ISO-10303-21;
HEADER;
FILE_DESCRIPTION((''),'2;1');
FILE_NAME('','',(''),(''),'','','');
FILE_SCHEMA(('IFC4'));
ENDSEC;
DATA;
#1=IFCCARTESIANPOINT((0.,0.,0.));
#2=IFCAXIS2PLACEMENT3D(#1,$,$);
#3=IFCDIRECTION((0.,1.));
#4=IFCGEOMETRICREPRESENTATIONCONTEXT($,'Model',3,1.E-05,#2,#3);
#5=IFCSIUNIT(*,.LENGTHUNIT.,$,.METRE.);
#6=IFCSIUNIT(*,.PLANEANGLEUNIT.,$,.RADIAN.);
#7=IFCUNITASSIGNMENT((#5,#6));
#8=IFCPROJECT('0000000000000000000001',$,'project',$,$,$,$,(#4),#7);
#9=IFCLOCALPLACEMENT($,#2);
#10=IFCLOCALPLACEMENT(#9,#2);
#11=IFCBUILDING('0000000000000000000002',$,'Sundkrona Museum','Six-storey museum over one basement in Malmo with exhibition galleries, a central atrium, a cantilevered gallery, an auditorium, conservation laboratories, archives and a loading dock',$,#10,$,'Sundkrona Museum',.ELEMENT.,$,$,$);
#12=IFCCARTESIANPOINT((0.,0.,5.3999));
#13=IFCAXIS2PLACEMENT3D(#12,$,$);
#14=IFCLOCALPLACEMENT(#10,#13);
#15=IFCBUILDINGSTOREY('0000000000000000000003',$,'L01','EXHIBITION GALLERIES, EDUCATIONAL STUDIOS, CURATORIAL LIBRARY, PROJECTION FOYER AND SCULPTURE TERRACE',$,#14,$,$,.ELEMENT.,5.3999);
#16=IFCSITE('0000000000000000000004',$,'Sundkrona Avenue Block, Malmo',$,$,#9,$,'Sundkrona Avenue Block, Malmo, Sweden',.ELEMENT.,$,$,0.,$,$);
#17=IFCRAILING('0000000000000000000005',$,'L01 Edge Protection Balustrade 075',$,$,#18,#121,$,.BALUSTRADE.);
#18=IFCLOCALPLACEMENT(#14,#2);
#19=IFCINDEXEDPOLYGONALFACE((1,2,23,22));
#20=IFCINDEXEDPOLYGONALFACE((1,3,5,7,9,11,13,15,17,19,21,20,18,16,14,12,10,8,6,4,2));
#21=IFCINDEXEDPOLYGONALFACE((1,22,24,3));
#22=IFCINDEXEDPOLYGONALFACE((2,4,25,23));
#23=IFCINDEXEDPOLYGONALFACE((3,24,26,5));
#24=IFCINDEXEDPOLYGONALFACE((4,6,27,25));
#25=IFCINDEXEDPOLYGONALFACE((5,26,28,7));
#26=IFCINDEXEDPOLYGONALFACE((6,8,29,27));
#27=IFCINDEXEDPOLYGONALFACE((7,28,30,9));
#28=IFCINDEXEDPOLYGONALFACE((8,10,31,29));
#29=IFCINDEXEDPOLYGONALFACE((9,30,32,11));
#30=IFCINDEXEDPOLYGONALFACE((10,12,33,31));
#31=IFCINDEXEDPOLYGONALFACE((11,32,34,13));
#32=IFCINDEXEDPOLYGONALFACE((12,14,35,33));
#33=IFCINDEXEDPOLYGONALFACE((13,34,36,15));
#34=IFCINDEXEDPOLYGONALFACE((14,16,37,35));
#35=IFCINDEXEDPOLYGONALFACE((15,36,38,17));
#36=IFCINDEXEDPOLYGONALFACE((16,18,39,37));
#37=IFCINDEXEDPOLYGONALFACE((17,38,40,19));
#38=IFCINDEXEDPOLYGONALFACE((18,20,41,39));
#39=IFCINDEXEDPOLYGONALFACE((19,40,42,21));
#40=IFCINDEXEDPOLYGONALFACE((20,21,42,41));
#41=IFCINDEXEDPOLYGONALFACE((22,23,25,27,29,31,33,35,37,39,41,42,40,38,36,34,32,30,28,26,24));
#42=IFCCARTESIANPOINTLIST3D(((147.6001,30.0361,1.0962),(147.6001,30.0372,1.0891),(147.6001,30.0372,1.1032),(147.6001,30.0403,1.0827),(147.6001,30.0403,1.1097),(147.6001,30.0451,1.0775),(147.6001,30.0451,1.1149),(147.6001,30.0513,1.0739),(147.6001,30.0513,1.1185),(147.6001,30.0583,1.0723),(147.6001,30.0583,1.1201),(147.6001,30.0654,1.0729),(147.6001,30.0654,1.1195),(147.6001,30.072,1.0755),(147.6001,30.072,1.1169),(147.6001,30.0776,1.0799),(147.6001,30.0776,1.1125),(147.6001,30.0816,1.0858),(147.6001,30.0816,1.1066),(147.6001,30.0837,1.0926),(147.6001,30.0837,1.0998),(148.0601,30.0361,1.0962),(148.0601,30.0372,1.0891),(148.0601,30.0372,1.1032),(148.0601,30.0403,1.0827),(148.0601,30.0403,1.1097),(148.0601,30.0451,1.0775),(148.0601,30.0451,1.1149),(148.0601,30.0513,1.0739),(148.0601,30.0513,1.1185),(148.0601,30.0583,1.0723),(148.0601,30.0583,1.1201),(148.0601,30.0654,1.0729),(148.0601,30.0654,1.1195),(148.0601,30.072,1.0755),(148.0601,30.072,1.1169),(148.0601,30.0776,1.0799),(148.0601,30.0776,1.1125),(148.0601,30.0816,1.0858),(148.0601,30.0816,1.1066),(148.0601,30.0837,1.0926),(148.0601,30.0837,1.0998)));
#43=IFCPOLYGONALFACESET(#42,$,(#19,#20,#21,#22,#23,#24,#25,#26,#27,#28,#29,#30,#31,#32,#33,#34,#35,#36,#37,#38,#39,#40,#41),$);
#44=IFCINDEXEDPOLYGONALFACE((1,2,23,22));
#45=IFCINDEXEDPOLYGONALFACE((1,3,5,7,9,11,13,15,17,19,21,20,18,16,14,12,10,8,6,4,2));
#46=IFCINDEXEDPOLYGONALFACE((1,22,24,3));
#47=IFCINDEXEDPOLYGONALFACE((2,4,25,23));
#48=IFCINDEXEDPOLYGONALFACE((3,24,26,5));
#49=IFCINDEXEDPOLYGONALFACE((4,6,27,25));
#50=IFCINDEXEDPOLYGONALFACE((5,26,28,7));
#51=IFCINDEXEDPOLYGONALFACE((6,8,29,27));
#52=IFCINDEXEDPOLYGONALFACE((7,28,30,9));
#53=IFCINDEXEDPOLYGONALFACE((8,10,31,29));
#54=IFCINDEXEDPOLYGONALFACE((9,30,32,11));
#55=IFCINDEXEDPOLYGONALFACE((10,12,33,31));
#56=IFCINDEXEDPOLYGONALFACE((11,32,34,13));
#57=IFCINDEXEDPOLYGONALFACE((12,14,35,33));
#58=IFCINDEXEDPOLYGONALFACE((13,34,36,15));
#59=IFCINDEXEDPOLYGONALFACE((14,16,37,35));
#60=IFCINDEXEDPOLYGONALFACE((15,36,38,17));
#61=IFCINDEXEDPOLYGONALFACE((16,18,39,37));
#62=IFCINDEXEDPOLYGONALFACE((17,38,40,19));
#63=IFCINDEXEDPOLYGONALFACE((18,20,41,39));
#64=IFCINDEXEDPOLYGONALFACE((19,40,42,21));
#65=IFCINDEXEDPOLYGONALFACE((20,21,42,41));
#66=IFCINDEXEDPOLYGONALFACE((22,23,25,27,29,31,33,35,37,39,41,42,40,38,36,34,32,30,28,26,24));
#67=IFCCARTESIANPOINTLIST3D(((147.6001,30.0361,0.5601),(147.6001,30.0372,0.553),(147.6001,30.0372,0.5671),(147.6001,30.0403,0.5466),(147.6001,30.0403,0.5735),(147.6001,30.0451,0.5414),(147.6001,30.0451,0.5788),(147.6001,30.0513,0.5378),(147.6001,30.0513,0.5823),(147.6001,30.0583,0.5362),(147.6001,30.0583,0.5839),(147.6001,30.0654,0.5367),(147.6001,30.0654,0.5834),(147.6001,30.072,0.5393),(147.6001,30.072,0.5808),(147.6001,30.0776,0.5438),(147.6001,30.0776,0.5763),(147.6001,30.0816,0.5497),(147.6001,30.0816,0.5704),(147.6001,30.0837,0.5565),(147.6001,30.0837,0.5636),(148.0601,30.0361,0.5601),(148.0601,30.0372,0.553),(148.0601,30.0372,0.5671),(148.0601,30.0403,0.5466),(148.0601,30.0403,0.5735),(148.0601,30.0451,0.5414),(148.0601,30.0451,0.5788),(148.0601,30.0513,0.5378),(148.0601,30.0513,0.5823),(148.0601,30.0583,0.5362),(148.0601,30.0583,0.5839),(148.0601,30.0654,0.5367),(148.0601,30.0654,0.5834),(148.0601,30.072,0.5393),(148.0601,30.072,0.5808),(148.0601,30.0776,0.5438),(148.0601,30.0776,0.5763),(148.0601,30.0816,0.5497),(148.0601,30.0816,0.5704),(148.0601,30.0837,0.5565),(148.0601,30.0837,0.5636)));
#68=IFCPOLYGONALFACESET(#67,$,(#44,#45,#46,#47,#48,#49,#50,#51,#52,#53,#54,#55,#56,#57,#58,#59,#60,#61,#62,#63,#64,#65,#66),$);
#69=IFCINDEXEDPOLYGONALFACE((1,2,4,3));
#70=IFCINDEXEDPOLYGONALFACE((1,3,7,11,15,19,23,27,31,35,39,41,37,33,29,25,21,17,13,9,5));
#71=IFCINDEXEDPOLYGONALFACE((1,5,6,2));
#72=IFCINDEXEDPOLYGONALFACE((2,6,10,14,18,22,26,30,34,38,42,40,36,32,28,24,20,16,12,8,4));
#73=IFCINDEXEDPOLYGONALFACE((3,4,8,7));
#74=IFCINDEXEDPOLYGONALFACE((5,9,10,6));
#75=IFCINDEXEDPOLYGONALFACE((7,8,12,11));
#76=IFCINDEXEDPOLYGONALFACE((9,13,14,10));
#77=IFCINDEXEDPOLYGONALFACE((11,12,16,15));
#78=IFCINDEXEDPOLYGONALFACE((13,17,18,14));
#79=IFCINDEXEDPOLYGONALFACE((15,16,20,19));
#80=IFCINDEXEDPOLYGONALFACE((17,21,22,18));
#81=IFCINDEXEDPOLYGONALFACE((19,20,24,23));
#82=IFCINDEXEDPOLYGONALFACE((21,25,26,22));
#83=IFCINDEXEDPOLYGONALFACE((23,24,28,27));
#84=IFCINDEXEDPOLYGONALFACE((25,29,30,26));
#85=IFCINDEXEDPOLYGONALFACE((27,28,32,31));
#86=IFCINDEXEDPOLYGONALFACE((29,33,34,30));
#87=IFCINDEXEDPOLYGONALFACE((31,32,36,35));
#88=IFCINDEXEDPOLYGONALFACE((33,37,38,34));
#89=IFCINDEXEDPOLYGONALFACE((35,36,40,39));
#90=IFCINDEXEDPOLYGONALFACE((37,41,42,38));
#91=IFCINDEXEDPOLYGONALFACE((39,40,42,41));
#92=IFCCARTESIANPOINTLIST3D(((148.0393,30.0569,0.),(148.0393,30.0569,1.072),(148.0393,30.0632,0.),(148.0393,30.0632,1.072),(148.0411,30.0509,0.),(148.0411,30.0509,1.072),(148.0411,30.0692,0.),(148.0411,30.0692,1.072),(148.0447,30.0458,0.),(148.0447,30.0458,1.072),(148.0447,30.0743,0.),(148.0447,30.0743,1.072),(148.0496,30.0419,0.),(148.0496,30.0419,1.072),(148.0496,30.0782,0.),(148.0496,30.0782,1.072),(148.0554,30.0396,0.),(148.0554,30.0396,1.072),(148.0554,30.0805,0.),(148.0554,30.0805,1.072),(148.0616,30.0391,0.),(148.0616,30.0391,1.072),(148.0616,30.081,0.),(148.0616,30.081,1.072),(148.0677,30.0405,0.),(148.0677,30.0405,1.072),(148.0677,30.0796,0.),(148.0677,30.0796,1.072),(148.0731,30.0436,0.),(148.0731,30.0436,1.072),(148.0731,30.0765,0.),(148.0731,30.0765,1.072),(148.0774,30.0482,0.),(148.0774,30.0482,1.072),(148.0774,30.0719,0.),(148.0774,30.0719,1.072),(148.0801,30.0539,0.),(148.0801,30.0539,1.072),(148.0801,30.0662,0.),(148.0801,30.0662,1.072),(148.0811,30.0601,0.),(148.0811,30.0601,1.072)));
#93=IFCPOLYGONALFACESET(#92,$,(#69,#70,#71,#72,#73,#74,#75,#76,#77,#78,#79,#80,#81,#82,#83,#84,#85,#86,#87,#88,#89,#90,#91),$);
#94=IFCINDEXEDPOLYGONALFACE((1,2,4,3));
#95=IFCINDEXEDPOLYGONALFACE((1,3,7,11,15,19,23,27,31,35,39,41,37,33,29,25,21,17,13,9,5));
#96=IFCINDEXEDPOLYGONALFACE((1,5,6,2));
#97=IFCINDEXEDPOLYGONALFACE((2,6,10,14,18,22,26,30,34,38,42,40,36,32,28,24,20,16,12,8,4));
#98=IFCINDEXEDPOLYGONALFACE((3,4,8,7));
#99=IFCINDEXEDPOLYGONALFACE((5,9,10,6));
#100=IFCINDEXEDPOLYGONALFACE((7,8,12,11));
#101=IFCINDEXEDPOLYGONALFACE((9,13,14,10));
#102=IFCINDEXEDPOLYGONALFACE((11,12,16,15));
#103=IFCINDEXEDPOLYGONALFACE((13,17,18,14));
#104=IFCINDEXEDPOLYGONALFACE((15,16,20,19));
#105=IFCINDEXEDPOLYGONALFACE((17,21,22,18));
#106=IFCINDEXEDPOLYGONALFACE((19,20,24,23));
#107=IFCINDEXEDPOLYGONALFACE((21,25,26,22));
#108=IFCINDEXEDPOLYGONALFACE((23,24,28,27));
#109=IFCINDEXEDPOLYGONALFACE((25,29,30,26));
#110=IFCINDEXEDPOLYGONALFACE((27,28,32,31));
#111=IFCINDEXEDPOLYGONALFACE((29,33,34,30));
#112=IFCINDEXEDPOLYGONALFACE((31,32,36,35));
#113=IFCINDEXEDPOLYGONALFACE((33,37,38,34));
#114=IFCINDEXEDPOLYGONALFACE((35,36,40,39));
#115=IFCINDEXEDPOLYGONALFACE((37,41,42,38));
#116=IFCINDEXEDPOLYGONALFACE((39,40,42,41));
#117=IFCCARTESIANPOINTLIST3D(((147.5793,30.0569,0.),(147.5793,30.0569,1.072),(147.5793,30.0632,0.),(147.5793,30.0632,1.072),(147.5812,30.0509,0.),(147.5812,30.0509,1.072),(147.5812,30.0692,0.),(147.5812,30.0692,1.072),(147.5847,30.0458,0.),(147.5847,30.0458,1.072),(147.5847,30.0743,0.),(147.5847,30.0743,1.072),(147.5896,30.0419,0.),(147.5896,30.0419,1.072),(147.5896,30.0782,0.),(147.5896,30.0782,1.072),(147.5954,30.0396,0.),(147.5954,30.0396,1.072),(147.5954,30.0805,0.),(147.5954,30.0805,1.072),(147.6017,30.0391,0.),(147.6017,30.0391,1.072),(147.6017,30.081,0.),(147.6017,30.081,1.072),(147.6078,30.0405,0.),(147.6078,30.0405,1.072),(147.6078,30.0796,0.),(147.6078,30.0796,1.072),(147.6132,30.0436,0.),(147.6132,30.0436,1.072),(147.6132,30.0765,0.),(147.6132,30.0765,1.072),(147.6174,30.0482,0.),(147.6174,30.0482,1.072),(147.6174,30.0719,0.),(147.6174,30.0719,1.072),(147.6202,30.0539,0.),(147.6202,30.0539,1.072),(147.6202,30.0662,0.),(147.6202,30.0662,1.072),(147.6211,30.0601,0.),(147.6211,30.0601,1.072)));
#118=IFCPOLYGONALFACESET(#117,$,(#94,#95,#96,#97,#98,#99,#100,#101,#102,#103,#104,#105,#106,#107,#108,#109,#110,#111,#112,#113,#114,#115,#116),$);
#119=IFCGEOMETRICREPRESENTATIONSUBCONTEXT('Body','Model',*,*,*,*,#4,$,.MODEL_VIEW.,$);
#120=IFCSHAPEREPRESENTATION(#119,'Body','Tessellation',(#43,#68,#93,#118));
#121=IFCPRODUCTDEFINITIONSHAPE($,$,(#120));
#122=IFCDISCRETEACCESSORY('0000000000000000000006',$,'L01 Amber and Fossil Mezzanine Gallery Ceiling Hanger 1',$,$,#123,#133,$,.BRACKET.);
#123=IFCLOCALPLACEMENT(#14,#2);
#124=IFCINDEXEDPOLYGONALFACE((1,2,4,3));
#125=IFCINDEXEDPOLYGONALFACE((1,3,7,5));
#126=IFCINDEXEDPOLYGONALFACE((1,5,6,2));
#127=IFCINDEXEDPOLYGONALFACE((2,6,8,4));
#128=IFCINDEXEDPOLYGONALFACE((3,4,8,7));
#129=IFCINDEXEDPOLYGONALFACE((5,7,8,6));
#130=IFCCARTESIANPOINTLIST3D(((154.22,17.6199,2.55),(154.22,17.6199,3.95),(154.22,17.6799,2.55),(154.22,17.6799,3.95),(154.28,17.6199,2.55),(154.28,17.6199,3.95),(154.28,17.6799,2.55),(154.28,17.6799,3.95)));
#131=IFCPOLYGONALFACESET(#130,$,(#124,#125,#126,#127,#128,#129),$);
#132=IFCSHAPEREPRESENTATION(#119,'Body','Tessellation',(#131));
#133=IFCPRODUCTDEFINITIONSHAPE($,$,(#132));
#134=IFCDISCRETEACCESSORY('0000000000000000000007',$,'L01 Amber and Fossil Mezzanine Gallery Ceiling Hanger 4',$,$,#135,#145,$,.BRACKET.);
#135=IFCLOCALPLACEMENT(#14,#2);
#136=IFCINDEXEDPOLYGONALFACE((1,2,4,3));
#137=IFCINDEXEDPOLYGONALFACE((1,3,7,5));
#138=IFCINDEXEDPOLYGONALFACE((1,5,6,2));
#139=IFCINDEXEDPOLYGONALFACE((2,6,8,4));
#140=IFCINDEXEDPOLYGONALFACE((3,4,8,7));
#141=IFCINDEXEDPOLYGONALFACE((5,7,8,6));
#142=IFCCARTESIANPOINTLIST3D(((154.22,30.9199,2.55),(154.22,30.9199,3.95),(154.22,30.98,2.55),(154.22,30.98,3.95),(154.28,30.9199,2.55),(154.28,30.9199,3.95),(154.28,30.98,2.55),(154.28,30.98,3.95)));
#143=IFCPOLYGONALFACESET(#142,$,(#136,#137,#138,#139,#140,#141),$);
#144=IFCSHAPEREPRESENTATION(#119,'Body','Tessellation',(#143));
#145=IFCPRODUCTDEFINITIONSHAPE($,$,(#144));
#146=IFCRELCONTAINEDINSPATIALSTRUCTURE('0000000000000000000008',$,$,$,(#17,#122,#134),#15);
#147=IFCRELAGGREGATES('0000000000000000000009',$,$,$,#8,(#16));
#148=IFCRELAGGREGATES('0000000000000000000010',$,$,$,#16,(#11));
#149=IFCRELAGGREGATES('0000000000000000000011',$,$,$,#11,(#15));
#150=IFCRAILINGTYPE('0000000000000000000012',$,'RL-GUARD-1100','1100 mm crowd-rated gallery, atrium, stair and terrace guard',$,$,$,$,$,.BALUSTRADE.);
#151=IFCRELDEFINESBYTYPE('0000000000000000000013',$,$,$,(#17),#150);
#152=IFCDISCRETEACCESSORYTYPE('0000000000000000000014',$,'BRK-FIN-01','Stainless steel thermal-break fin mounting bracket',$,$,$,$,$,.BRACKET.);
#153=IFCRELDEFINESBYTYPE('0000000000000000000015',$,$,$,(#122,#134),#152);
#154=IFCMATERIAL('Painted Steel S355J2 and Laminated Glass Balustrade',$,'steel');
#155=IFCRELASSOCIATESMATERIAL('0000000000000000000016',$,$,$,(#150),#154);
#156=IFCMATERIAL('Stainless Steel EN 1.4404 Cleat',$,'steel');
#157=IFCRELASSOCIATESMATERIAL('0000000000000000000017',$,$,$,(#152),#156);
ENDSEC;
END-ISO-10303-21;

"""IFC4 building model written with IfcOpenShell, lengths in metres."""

from ifc_helpers import new_model, si_unit, direction, frame, origin, origin_2d, place, context, subcontext, project, spatial, rectangle, circle, extrude, material, type_object, element, save


model = new_model("IFC4")

# Units and contexts
model_context = context("Model", 3, precision=1e-05, world=origin(), true_north=direction((0.0, 1.0)))
body_context = subcontext(model_context, "Body", "Model", "MODEL_VIEW")
ifc_project = project(units=[si_unit("LENGTHUNIT", "METRE"), si_unit("PLANEANGLEUNIT", "RADIAN")], contexts=[model_context])

# Site, building, storey
site_placement = place(None, origin())
site = spatial("IfcSite", under=ifc_project, at=site_placement, Name="Sundkrona Avenue Block, Malmo", LongName="Sundkrona Avenue Block, Malmo, Sweden", CompositionType="ELEMENT", RefElevation=0.0)
building_placement = place(site_placement, origin())
building = spatial("IfcBuilding", under=site, at=building_placement, Name="Sundkrona Museum", Description="Six-storey museum over one basement in Malmo with exhibition galleries, a central atrium, a cantilevered gallery, an auditorium, conservation laboratories, archives and a loading dock", LongName="Sundkrona Museum", CompositionType="ELEMENT")
storey_placement = place(building_placement, frame((0.0, 0.0, 5.3999)))
storey = spatial("IfcBuildingStorey", under=building, at=storey_placement, Name="L01", Description="EXHIBITION GALLERIES, EDUCATIONAL STUDIOS, CURATORIAL LIBRARY, PROJECTION FOYER AND SCULPTURE TERRACE", CompositionType="ELEMENT", Elevation=5.3999)

# Railing
ifc_material_1 = material(Name="Painted Steel S355J2 and Laminated Glass Balustrade", Category="steel")
railing_type = type_object("IfcRailingType", Name="RL-GUARD-1100", Description="1100 mm crowd-rated gallery, atrium, stair and terrace guard", PredefinedType="BALUSTRADE", material=ifc_material_1)
railing_placement = place(storey_placement, frame((148.0601, 30.0601, 0.0)))
element("IfcRailing", 1, at=railing_placement, inside=storey, type_object=railing_type, Name="L01 Edge Protection Balustrade 075", PredefinedType="BALUSTRADE", context=body_context, shape_type="SweptSolid", body=[
    extrude(circle(Radius=0.0239, at=origin_2d()), frame((0.0, 0.0, 1.0962), z_axis=(-1.0, 0.0, 0.0), x_axis=(0.0, -1.0, 0.0)), (0.0, 0.0, 1.0), 0.46),
    extrude(circle(Radius=0.0239, at=origin_2d()), frame((0.0, 0.0, 0.5601), z_axis=(-1.0, 0.0, 0.0), x_axis=(0.0, -1.0, 0.0)), (0.0, 0.0, 1.0), 0.46),
    extrude(circle(Radius=0.021, at=origin_2d()), origin(), (0.0, 0.0, 1.0), 1.072),
    extrude(circle(Radius=0.021, at=origin_2d()), frame((-0.46, 0.0, 0.0)), (0.0, 0.0, 1.0), 1.072),
])

# Discrete accessories
ifc_material_2 = material(Name="Stainless Steel EN 1.4404 Cleat", Category="steel")
discrete_accessory_type = type_object("IfcDiscreteAccessoryType", Name="BRK-FIN-01", Description="Stainless steel thermal-break fin mounting bracket", PredefinedType="BRACKET", material=ifc_material_2)
for number, where, z_axis, x_axis, name in (
    (2, (154.25, 17.6499, 2.55), (0.0, 0.0, 1.0), (1.0, 0.0, 0.0), "L01 Amber and Fossil Mezzanine Gallery Ceiling Hanger 1"),
    (3, (154.25, 30.95, 2.55), (0.0, 0.0, 1.0), (1.0, 0.0, 0.0), "L01 Amber and Fossil Mezzanine Gallery Ceiling Hanger 4"),
):
    element("IfcDiscreteAccessory", number, at=place(storey_placement, frame(where, z_axis=z_axis, x_axis=x_axis)), inside=storey, type_object=discrete_accessory_type, Name=name, PredefinedType="BRACKET", context=body_context, shape_type="SweptSolid", body=[
        extrude(rectangle(XDim=0.0601, YDim=0.0601, at=origin_2d()), origin(), (0.0, 0.0, 1.0), 1.3999),
    ])

save(model, "model.ifc")
